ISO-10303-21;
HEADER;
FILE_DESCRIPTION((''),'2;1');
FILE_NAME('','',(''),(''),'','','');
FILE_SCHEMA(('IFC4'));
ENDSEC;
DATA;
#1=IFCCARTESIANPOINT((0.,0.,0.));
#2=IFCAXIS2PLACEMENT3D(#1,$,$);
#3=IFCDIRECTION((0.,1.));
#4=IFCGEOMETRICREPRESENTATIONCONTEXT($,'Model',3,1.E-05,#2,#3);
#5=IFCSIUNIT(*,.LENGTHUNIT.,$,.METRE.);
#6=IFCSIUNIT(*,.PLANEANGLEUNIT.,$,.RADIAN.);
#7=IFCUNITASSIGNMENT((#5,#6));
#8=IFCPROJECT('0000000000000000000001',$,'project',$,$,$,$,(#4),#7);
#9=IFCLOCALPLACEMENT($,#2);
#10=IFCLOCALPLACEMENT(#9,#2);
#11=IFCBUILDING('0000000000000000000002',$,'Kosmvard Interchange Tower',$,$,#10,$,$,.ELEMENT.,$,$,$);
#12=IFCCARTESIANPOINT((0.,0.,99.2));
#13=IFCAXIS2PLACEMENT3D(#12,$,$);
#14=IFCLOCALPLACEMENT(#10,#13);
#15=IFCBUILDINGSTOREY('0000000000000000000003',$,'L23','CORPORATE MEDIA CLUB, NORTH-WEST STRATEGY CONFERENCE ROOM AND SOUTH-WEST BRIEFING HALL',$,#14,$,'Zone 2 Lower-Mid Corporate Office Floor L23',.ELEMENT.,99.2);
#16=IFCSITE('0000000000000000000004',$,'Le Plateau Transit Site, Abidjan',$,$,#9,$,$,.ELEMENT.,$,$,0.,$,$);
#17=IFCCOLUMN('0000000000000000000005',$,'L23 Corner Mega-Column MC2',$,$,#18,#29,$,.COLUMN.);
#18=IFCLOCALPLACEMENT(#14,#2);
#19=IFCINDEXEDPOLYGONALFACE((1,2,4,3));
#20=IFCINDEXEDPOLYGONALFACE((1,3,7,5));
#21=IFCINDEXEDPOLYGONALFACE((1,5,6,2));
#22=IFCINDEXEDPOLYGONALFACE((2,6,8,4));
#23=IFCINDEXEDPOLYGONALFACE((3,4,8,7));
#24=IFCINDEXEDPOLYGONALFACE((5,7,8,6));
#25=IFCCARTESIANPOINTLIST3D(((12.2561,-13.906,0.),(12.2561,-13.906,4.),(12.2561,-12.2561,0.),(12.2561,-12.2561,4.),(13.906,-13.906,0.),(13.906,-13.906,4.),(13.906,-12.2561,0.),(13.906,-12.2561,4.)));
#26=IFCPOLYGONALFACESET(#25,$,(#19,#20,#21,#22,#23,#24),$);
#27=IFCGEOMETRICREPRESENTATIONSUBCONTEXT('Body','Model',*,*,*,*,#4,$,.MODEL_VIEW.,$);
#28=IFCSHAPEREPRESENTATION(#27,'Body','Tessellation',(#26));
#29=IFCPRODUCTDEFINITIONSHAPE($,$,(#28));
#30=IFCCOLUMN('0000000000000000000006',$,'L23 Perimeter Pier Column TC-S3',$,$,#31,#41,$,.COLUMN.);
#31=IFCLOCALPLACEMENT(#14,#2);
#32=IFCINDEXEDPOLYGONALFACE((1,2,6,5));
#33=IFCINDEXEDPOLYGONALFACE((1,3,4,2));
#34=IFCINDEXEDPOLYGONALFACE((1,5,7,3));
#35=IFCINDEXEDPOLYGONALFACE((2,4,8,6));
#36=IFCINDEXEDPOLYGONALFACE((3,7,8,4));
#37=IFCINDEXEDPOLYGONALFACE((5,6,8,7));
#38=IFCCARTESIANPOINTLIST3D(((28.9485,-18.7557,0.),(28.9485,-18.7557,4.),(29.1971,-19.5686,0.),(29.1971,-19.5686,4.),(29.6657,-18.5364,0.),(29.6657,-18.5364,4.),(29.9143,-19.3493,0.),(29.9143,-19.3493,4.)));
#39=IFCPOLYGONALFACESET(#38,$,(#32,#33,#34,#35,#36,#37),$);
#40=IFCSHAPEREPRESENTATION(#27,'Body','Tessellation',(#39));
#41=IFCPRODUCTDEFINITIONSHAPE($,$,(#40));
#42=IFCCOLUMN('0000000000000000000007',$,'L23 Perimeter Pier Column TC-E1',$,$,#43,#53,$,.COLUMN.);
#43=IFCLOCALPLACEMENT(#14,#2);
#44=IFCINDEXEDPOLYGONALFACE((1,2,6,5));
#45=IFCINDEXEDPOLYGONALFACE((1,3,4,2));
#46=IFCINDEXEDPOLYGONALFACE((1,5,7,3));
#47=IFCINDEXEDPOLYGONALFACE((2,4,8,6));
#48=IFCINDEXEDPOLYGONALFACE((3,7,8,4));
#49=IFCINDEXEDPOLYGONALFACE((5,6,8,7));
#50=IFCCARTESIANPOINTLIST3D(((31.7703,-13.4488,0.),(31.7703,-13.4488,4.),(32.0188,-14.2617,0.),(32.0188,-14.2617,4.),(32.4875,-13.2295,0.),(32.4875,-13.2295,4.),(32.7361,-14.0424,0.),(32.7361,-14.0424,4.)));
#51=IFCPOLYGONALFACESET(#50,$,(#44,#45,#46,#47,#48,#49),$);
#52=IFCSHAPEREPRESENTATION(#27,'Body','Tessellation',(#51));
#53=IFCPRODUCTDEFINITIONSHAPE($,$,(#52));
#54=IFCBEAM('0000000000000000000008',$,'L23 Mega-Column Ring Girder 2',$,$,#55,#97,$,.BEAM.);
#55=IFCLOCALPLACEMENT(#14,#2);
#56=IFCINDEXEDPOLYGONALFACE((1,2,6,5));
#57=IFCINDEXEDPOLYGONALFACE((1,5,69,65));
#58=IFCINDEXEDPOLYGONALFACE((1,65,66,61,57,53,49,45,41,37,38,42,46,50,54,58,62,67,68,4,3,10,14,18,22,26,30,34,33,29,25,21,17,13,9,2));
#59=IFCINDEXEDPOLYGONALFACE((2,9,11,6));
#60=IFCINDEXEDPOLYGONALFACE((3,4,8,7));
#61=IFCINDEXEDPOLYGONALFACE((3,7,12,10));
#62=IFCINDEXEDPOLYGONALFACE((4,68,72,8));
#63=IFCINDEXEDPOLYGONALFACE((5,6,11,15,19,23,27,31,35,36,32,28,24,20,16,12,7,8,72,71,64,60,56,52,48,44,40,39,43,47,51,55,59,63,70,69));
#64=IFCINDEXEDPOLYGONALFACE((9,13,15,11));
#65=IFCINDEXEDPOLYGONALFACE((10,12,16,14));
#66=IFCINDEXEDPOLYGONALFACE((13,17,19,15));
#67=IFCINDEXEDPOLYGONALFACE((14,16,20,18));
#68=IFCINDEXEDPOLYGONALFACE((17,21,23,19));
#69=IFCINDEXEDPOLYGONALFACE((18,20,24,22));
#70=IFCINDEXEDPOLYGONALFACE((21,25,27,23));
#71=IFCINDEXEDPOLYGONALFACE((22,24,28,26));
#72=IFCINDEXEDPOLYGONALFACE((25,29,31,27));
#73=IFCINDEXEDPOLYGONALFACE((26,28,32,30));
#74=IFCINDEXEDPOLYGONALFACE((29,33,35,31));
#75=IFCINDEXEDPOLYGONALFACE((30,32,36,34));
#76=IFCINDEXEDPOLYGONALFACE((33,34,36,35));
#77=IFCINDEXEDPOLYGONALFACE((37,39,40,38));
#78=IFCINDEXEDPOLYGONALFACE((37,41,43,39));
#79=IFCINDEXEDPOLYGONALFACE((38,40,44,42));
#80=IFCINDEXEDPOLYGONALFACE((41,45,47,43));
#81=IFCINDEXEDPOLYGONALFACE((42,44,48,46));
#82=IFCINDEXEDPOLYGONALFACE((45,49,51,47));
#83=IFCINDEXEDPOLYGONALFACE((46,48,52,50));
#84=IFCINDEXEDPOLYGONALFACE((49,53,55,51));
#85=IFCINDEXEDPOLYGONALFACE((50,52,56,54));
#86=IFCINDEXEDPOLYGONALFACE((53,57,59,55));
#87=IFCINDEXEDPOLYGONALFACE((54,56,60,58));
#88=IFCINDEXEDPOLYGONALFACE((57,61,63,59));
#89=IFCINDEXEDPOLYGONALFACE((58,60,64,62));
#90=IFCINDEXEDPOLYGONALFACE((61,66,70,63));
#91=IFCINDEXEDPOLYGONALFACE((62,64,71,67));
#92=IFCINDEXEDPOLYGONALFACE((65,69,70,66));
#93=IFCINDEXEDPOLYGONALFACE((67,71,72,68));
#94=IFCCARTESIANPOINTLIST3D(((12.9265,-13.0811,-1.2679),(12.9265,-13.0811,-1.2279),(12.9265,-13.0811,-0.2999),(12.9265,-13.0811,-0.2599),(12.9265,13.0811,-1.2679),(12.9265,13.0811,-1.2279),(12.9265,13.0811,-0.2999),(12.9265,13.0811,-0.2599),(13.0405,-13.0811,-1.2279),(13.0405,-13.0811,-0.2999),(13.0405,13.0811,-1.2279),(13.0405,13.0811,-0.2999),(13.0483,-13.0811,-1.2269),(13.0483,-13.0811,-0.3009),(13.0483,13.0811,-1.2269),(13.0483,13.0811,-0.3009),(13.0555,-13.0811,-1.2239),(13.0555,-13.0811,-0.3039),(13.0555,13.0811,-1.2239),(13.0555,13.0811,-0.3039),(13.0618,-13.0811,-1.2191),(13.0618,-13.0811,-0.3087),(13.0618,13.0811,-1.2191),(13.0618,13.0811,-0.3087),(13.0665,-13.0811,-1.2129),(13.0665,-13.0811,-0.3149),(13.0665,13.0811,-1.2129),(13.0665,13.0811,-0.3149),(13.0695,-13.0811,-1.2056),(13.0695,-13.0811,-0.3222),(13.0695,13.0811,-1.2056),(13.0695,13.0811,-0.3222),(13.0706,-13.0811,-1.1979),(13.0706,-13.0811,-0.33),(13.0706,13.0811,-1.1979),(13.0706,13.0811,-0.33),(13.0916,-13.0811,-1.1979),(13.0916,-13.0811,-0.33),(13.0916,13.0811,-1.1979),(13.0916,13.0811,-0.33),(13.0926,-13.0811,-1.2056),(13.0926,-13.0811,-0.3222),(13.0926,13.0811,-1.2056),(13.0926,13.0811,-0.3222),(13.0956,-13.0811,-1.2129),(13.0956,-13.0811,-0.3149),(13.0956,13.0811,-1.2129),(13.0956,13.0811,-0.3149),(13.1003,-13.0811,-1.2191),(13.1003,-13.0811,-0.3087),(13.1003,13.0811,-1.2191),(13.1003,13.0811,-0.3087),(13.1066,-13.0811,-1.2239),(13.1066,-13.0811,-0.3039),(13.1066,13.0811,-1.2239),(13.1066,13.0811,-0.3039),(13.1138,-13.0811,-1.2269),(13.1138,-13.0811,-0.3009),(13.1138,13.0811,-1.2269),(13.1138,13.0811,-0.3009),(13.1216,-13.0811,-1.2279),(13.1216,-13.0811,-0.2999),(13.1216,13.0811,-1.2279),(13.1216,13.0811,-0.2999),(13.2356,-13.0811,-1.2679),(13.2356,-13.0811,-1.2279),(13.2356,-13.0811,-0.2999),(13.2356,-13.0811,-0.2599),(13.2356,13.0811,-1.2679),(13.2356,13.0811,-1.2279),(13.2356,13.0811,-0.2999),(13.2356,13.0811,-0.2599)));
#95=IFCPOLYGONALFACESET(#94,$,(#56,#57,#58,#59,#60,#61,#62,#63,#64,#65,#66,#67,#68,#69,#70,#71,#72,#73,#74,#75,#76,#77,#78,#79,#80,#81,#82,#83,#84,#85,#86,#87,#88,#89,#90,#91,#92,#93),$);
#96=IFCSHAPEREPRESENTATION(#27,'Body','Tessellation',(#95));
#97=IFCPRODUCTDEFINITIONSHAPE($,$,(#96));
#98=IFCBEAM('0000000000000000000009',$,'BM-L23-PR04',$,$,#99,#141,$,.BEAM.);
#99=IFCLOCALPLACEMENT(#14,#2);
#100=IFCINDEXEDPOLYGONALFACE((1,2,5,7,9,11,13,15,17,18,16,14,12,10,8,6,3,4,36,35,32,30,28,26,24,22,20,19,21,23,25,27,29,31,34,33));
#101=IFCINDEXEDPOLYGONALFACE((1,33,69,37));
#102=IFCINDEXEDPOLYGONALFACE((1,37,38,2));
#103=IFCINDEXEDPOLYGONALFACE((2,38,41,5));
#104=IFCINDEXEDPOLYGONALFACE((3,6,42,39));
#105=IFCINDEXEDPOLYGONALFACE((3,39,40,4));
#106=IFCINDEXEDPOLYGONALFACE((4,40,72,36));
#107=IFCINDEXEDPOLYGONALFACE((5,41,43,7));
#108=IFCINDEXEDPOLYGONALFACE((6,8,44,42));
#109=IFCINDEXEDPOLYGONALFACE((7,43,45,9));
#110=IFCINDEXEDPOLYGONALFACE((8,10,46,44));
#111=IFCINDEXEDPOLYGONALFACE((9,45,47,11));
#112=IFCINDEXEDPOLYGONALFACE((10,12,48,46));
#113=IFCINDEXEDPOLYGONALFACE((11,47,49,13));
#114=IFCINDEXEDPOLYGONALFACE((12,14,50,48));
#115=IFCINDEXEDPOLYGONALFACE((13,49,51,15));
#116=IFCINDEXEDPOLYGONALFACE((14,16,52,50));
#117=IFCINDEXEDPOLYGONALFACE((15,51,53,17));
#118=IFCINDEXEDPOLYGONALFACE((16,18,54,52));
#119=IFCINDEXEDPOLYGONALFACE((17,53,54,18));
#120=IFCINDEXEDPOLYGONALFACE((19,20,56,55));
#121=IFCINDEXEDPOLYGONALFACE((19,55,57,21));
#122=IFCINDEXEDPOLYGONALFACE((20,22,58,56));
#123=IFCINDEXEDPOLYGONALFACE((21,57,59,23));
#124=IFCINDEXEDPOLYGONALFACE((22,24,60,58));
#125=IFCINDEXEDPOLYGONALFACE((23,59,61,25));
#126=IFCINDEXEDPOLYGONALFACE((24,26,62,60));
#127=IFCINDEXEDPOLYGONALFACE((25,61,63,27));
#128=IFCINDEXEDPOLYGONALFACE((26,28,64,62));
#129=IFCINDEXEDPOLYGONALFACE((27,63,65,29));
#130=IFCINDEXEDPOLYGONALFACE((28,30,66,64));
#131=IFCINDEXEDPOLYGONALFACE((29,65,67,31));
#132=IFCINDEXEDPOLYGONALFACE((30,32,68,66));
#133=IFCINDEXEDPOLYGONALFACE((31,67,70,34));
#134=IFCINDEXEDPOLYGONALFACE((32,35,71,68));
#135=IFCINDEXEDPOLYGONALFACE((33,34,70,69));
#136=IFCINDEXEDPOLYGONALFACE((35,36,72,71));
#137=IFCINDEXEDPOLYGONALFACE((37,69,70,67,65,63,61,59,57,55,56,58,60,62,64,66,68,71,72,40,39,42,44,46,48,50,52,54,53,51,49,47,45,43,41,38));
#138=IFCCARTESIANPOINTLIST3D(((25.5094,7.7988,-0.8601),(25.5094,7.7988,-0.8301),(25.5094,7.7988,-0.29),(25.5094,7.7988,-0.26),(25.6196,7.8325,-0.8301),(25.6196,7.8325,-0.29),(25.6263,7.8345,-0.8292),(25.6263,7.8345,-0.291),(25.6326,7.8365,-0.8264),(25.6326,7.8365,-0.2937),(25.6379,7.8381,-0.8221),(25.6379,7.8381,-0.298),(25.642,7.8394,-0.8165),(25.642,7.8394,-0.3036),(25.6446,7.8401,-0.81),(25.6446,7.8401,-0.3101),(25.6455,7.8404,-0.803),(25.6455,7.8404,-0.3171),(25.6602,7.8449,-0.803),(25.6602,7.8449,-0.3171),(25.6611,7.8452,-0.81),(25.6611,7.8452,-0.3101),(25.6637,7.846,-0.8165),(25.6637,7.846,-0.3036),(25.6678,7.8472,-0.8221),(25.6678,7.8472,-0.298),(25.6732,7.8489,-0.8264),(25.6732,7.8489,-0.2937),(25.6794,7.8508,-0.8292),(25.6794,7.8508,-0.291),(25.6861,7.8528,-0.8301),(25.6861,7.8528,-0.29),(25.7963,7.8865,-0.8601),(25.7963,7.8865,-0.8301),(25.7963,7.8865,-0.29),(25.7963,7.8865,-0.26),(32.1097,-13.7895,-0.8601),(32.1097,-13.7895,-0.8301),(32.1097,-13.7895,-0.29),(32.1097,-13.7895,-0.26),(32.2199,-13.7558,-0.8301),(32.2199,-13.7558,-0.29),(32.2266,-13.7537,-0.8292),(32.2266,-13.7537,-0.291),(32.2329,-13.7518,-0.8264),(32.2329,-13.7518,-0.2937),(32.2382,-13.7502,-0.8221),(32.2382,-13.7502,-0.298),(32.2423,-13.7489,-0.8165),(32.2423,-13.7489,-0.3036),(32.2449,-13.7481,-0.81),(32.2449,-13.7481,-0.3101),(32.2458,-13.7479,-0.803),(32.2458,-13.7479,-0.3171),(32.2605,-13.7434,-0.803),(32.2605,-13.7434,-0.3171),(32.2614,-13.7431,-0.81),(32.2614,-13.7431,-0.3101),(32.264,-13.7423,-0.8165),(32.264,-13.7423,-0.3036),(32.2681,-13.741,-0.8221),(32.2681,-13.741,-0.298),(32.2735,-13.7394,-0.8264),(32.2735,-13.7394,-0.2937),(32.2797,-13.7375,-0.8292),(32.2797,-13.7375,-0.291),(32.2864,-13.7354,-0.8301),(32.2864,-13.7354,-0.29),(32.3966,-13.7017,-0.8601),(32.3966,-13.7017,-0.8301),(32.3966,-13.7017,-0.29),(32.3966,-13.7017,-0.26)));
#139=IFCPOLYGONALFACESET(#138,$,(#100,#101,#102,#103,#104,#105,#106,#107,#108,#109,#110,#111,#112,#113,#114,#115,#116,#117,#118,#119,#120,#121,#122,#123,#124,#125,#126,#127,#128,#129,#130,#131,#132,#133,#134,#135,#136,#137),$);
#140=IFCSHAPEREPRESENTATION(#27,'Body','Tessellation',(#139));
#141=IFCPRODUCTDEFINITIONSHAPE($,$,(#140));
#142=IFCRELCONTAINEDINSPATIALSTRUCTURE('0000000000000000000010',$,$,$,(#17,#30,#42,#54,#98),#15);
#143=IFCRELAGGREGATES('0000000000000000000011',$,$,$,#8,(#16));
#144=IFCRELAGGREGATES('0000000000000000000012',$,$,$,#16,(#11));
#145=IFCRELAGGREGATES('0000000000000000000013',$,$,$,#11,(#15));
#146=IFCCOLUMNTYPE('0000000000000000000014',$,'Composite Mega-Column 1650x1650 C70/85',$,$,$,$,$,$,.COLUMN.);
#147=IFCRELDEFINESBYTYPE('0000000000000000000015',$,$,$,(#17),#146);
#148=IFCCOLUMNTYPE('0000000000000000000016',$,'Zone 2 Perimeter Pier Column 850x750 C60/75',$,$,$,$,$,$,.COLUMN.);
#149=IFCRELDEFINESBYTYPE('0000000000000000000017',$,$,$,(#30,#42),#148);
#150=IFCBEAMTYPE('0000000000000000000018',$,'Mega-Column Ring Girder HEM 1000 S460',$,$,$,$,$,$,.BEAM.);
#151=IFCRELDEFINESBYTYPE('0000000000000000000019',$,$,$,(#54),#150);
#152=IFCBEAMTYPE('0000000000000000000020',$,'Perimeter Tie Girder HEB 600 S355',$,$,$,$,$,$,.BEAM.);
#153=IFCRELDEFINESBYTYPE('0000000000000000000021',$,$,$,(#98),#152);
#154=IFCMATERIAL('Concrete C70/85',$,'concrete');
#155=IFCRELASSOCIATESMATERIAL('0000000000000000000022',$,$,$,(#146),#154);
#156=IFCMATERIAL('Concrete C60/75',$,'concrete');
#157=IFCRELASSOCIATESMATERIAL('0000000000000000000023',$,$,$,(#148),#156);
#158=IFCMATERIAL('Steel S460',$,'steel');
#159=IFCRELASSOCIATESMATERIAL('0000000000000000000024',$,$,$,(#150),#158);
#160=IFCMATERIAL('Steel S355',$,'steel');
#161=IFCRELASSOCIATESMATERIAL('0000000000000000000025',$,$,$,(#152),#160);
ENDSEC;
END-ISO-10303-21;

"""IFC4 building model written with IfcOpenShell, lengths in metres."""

from ifc_helpers import new_model, si_unit, direction, frame, origin, origin_2d, place, context, subcontext, project, spatial, rectangle, i_section, extrude, source, transform, mapped, material, material_profile, profile_set, type_object, element, save


model = new_model("IFC4")

# Units and contexts
model_context = context("Model", 3, precision=1e-05, world=origin(), true_north=direction((0.0, 1.0)))
body_context = subcontext(model_context, "Body", "Model", "MODEL_VIEW")
ifc_project = project(units=[si_unit("LENGTHUNIT", "METRE"), si_unit("PLANEANGLEUNIT", "RADIAN")], contexts=[model_context])

# Site, building, storey
site_placement = place(None, origin())
site = spatial("IfcSite", under=ifc_project, at=site_placement, Name="Le Plateau Transit Site, Abidjan", CompositionType="ELEMENT", RefElevation=0.0)
building_placement = place(site_placement, origin())
building = spatial("IfcBuilding", under=site, at=building_placement, Name="Kosmvard Interchange Tower", CompositionType="ELEMENT")
storey_placement = place(building_placement, frame((0.0, 0.0, 99.2)))
storey = spatial("IfcBuildingStorey", under=building, at=storey_placement, Name="L23", Description="CORPORATE MEDIA CLUB, NORTH-WEST STRATEGY CONFERENCE ROOM AND SOUTH-WEST BRIEFING HALL", LongName="Zone 2 Lower-Mid Corporate Office Floor L23", CompositionType="ELEMENT", Elevation=99.2)

# Columns
ifc_material_1 = material(Name="Concrete C70/85", Category="concrete")
ifc_material_profile_1 = material_profile(ifc_material_1, rectangle(XDim=1.6499, YDim=1.6499, at=origin_2d()), Name="MC 1650x1650")
ifc_profile_set_1 = profile_set([ifc_material_profile_1], Name="Concrete C70/85")
column_type_1 = type_object("IfcColumnType", Name="Composite Mega-Column 1650x1650 C70/85", PredefinedType="COLUMN", material=ifc_profile_set_1)
shared_shape_1 = source(origin(), body_context, "Body", "SweptSolid", [
    extrude(rectangle(XDim=1.6499, YDim=1.6499, at=origin_2d()), origin(), (0.0, 0.0, 1.0), 4.0),
])
column_placement = place(storey_placement, frame((13.0811, -13.0811, 0.0), z_axis=(0.0, 0.0, 1.0), x_axis=(1.0, 0.0, 0.0)))
element("IfcColumn", 1, at=column_placement, inside=storey, type_object=column_type_1, Name="L23 Corner Mega-Column MC2", PredefinedType="COLUMN", context=body_context, shape_type="MappedRepresentation", body=[
    mapped(shared_shape_1, transform((0.0, 0.0, 0.0), scale=1.0)),
])
ifc_material_2 = material(Name="Concrete C60/75", Category="concrete")
ifc_material_profile_2 = material_profile(ifc_material_2, rectangle(XDim=0.75, YDim=0.8501, at=origin_2d()), Name="TC 850x750")
ifc_profile_set_2 = profile_set([ifc_material_profile_2], Name="Concrete C60/75")
column_type_2 = type_object("IfcColumnType", Name="Zone 2 Perimeter Pier Column 850x750 C60/75", PredefinedType="COLUMN", material=ifc_profile_set_2)
shared_shape_2 = source(origin(), body_context, "Body", "SweptSolid", [
    extrude(rectangle(XDim=0.75, YDim=0.8501, at=origin_2d()), origin(), (0.0, 0.0, 1.0), 4.0),
])
for number, where, z_axis, x_axis, name in (
    (2, (29.4314, -19.0525, 0.0), (0.0, 0.0, 1.0), (0.956305, 0.292372, 0.0), "L23 Perimeter Pier Column TC-S3"),
    (3, (32.2532, -13.7456, 0.0), (0.0, 0.0, 1.0), (0.956305, 0.292372, 0.0), "L23 Perimeter Pier Column TC-E1"),
):
    element("IfcColumn", number, at=place(storey_placement, frame(where, z_axis=z_axis, x_axis=x_axis)), inside=storey, type_object=column_type_2, Name=name, PredefinedType="COLUMN", context=body_context, shape_type="MappedRepresentation", body=[
        mapped(shared_shape_2, transform((0.0, 0.0, 0.0), scale=1.0)),
    ])

# Beams
ifc_material_3 = material(Name="Steel S460", Category="steel")
ifc_material_profile_3 = material_profile(ifc_material_3, i_section(OverallWidth=0.3091, OverallDepth=1.0081, WebThickness=0.021, FlangeThickness=0.04, FilletRadius=0.03, at=origin_2d()), Name="HEM 1000")
ifc_profile_set_3 = profile_set([ifc_material_profile_3], Name="Steel S460")
beam_type_1 = type_object("IfcBeamType", Name="Mega-Column Ring Girder HEM 1000 S460", PredefinedType="BEAM", material=ifc_profile_set_3)
shared_shape_3 = source(origin(), body_context, "Body", "SweptSolid", [
    extrude(i_section(OverallWidth=0.3091, OverallDepth=1.0081, WebThickness=0.021, FlangeThickness=0.04, FilletRadius=0.03, at=origin_2d()), origin(), (0.0, 0.0, 1.0), 26.1621),
])
beam_1_placement = place(storey_placement, frame((13.0811, -13.0811, -0.7639), z_axis=(0.0, 1.0, 0.0), x_axis=(-1.0, 0.0, 0.0)))
element("IfcBeam", 4, at=beam_1_placement, inside=storey, type_object=beam_type_1, Name="L23 Mega-Column Ring Girder 2", PredefinedType="BEAM", context=body_context, shape_type="MappedRepresentation", body=[
    mapped(shared_shape_3, transform((0.0, 0.0, 0.0), scale=1.0)),
])
ifc_material_4 = material(Name="Steel S355", Category="steel")
ifc_material_profile_4 = material_profile(ifc_material_4, i_section(OverallWidth=0.3, OverallDepth=0.6001, WebThickness=0.0154, FlangeThickness=0.03, FilletRadius=0.0271, at=origin_2d()), Name="HEB 600")
ifc_profile_set_4 = profile_set([ifc_material_profile_4], Name="Steel S355")
beam_type_2 = type_object("IfcBeamType", Name="Perimeter Tie Girder HEB 600 S355", PredefinedType="BEAM", material=ifc_profile_set_4)
shared_shape_4 = source(origin(), body_context, "Body", "SweptSolid", [
    extrude(i_section(OverallWidth=0.3, OverallDepth=0.6001, WebThickness=0.0154, FlangeThickness=0.03, FilletRadius=0.0271, at=origin_2d()), origin(), (0.0, 0.0, 1.0), 22.5747),
])
beam_2_placement = place(storey_placement, frame((32.2532, -13.7456, -0.5601), z_axis=(-0.292376, 0.956303, 0.0), x_axis=(-0.956303, -0.292376, 0.0)))
element("IfcBeam", 5, at=beam_2_placement, inside=storey, type_object=beam_type_2, Name="BM-L23-PR04", PredefinedType="BEAM", context=body_context, shape_type="MappedRepresentation", body=[
    mapped(shared_shape_4, transform((0.0, 0.0, 0.0), scale=1.0)),
])

save(model, "model.ifc")
